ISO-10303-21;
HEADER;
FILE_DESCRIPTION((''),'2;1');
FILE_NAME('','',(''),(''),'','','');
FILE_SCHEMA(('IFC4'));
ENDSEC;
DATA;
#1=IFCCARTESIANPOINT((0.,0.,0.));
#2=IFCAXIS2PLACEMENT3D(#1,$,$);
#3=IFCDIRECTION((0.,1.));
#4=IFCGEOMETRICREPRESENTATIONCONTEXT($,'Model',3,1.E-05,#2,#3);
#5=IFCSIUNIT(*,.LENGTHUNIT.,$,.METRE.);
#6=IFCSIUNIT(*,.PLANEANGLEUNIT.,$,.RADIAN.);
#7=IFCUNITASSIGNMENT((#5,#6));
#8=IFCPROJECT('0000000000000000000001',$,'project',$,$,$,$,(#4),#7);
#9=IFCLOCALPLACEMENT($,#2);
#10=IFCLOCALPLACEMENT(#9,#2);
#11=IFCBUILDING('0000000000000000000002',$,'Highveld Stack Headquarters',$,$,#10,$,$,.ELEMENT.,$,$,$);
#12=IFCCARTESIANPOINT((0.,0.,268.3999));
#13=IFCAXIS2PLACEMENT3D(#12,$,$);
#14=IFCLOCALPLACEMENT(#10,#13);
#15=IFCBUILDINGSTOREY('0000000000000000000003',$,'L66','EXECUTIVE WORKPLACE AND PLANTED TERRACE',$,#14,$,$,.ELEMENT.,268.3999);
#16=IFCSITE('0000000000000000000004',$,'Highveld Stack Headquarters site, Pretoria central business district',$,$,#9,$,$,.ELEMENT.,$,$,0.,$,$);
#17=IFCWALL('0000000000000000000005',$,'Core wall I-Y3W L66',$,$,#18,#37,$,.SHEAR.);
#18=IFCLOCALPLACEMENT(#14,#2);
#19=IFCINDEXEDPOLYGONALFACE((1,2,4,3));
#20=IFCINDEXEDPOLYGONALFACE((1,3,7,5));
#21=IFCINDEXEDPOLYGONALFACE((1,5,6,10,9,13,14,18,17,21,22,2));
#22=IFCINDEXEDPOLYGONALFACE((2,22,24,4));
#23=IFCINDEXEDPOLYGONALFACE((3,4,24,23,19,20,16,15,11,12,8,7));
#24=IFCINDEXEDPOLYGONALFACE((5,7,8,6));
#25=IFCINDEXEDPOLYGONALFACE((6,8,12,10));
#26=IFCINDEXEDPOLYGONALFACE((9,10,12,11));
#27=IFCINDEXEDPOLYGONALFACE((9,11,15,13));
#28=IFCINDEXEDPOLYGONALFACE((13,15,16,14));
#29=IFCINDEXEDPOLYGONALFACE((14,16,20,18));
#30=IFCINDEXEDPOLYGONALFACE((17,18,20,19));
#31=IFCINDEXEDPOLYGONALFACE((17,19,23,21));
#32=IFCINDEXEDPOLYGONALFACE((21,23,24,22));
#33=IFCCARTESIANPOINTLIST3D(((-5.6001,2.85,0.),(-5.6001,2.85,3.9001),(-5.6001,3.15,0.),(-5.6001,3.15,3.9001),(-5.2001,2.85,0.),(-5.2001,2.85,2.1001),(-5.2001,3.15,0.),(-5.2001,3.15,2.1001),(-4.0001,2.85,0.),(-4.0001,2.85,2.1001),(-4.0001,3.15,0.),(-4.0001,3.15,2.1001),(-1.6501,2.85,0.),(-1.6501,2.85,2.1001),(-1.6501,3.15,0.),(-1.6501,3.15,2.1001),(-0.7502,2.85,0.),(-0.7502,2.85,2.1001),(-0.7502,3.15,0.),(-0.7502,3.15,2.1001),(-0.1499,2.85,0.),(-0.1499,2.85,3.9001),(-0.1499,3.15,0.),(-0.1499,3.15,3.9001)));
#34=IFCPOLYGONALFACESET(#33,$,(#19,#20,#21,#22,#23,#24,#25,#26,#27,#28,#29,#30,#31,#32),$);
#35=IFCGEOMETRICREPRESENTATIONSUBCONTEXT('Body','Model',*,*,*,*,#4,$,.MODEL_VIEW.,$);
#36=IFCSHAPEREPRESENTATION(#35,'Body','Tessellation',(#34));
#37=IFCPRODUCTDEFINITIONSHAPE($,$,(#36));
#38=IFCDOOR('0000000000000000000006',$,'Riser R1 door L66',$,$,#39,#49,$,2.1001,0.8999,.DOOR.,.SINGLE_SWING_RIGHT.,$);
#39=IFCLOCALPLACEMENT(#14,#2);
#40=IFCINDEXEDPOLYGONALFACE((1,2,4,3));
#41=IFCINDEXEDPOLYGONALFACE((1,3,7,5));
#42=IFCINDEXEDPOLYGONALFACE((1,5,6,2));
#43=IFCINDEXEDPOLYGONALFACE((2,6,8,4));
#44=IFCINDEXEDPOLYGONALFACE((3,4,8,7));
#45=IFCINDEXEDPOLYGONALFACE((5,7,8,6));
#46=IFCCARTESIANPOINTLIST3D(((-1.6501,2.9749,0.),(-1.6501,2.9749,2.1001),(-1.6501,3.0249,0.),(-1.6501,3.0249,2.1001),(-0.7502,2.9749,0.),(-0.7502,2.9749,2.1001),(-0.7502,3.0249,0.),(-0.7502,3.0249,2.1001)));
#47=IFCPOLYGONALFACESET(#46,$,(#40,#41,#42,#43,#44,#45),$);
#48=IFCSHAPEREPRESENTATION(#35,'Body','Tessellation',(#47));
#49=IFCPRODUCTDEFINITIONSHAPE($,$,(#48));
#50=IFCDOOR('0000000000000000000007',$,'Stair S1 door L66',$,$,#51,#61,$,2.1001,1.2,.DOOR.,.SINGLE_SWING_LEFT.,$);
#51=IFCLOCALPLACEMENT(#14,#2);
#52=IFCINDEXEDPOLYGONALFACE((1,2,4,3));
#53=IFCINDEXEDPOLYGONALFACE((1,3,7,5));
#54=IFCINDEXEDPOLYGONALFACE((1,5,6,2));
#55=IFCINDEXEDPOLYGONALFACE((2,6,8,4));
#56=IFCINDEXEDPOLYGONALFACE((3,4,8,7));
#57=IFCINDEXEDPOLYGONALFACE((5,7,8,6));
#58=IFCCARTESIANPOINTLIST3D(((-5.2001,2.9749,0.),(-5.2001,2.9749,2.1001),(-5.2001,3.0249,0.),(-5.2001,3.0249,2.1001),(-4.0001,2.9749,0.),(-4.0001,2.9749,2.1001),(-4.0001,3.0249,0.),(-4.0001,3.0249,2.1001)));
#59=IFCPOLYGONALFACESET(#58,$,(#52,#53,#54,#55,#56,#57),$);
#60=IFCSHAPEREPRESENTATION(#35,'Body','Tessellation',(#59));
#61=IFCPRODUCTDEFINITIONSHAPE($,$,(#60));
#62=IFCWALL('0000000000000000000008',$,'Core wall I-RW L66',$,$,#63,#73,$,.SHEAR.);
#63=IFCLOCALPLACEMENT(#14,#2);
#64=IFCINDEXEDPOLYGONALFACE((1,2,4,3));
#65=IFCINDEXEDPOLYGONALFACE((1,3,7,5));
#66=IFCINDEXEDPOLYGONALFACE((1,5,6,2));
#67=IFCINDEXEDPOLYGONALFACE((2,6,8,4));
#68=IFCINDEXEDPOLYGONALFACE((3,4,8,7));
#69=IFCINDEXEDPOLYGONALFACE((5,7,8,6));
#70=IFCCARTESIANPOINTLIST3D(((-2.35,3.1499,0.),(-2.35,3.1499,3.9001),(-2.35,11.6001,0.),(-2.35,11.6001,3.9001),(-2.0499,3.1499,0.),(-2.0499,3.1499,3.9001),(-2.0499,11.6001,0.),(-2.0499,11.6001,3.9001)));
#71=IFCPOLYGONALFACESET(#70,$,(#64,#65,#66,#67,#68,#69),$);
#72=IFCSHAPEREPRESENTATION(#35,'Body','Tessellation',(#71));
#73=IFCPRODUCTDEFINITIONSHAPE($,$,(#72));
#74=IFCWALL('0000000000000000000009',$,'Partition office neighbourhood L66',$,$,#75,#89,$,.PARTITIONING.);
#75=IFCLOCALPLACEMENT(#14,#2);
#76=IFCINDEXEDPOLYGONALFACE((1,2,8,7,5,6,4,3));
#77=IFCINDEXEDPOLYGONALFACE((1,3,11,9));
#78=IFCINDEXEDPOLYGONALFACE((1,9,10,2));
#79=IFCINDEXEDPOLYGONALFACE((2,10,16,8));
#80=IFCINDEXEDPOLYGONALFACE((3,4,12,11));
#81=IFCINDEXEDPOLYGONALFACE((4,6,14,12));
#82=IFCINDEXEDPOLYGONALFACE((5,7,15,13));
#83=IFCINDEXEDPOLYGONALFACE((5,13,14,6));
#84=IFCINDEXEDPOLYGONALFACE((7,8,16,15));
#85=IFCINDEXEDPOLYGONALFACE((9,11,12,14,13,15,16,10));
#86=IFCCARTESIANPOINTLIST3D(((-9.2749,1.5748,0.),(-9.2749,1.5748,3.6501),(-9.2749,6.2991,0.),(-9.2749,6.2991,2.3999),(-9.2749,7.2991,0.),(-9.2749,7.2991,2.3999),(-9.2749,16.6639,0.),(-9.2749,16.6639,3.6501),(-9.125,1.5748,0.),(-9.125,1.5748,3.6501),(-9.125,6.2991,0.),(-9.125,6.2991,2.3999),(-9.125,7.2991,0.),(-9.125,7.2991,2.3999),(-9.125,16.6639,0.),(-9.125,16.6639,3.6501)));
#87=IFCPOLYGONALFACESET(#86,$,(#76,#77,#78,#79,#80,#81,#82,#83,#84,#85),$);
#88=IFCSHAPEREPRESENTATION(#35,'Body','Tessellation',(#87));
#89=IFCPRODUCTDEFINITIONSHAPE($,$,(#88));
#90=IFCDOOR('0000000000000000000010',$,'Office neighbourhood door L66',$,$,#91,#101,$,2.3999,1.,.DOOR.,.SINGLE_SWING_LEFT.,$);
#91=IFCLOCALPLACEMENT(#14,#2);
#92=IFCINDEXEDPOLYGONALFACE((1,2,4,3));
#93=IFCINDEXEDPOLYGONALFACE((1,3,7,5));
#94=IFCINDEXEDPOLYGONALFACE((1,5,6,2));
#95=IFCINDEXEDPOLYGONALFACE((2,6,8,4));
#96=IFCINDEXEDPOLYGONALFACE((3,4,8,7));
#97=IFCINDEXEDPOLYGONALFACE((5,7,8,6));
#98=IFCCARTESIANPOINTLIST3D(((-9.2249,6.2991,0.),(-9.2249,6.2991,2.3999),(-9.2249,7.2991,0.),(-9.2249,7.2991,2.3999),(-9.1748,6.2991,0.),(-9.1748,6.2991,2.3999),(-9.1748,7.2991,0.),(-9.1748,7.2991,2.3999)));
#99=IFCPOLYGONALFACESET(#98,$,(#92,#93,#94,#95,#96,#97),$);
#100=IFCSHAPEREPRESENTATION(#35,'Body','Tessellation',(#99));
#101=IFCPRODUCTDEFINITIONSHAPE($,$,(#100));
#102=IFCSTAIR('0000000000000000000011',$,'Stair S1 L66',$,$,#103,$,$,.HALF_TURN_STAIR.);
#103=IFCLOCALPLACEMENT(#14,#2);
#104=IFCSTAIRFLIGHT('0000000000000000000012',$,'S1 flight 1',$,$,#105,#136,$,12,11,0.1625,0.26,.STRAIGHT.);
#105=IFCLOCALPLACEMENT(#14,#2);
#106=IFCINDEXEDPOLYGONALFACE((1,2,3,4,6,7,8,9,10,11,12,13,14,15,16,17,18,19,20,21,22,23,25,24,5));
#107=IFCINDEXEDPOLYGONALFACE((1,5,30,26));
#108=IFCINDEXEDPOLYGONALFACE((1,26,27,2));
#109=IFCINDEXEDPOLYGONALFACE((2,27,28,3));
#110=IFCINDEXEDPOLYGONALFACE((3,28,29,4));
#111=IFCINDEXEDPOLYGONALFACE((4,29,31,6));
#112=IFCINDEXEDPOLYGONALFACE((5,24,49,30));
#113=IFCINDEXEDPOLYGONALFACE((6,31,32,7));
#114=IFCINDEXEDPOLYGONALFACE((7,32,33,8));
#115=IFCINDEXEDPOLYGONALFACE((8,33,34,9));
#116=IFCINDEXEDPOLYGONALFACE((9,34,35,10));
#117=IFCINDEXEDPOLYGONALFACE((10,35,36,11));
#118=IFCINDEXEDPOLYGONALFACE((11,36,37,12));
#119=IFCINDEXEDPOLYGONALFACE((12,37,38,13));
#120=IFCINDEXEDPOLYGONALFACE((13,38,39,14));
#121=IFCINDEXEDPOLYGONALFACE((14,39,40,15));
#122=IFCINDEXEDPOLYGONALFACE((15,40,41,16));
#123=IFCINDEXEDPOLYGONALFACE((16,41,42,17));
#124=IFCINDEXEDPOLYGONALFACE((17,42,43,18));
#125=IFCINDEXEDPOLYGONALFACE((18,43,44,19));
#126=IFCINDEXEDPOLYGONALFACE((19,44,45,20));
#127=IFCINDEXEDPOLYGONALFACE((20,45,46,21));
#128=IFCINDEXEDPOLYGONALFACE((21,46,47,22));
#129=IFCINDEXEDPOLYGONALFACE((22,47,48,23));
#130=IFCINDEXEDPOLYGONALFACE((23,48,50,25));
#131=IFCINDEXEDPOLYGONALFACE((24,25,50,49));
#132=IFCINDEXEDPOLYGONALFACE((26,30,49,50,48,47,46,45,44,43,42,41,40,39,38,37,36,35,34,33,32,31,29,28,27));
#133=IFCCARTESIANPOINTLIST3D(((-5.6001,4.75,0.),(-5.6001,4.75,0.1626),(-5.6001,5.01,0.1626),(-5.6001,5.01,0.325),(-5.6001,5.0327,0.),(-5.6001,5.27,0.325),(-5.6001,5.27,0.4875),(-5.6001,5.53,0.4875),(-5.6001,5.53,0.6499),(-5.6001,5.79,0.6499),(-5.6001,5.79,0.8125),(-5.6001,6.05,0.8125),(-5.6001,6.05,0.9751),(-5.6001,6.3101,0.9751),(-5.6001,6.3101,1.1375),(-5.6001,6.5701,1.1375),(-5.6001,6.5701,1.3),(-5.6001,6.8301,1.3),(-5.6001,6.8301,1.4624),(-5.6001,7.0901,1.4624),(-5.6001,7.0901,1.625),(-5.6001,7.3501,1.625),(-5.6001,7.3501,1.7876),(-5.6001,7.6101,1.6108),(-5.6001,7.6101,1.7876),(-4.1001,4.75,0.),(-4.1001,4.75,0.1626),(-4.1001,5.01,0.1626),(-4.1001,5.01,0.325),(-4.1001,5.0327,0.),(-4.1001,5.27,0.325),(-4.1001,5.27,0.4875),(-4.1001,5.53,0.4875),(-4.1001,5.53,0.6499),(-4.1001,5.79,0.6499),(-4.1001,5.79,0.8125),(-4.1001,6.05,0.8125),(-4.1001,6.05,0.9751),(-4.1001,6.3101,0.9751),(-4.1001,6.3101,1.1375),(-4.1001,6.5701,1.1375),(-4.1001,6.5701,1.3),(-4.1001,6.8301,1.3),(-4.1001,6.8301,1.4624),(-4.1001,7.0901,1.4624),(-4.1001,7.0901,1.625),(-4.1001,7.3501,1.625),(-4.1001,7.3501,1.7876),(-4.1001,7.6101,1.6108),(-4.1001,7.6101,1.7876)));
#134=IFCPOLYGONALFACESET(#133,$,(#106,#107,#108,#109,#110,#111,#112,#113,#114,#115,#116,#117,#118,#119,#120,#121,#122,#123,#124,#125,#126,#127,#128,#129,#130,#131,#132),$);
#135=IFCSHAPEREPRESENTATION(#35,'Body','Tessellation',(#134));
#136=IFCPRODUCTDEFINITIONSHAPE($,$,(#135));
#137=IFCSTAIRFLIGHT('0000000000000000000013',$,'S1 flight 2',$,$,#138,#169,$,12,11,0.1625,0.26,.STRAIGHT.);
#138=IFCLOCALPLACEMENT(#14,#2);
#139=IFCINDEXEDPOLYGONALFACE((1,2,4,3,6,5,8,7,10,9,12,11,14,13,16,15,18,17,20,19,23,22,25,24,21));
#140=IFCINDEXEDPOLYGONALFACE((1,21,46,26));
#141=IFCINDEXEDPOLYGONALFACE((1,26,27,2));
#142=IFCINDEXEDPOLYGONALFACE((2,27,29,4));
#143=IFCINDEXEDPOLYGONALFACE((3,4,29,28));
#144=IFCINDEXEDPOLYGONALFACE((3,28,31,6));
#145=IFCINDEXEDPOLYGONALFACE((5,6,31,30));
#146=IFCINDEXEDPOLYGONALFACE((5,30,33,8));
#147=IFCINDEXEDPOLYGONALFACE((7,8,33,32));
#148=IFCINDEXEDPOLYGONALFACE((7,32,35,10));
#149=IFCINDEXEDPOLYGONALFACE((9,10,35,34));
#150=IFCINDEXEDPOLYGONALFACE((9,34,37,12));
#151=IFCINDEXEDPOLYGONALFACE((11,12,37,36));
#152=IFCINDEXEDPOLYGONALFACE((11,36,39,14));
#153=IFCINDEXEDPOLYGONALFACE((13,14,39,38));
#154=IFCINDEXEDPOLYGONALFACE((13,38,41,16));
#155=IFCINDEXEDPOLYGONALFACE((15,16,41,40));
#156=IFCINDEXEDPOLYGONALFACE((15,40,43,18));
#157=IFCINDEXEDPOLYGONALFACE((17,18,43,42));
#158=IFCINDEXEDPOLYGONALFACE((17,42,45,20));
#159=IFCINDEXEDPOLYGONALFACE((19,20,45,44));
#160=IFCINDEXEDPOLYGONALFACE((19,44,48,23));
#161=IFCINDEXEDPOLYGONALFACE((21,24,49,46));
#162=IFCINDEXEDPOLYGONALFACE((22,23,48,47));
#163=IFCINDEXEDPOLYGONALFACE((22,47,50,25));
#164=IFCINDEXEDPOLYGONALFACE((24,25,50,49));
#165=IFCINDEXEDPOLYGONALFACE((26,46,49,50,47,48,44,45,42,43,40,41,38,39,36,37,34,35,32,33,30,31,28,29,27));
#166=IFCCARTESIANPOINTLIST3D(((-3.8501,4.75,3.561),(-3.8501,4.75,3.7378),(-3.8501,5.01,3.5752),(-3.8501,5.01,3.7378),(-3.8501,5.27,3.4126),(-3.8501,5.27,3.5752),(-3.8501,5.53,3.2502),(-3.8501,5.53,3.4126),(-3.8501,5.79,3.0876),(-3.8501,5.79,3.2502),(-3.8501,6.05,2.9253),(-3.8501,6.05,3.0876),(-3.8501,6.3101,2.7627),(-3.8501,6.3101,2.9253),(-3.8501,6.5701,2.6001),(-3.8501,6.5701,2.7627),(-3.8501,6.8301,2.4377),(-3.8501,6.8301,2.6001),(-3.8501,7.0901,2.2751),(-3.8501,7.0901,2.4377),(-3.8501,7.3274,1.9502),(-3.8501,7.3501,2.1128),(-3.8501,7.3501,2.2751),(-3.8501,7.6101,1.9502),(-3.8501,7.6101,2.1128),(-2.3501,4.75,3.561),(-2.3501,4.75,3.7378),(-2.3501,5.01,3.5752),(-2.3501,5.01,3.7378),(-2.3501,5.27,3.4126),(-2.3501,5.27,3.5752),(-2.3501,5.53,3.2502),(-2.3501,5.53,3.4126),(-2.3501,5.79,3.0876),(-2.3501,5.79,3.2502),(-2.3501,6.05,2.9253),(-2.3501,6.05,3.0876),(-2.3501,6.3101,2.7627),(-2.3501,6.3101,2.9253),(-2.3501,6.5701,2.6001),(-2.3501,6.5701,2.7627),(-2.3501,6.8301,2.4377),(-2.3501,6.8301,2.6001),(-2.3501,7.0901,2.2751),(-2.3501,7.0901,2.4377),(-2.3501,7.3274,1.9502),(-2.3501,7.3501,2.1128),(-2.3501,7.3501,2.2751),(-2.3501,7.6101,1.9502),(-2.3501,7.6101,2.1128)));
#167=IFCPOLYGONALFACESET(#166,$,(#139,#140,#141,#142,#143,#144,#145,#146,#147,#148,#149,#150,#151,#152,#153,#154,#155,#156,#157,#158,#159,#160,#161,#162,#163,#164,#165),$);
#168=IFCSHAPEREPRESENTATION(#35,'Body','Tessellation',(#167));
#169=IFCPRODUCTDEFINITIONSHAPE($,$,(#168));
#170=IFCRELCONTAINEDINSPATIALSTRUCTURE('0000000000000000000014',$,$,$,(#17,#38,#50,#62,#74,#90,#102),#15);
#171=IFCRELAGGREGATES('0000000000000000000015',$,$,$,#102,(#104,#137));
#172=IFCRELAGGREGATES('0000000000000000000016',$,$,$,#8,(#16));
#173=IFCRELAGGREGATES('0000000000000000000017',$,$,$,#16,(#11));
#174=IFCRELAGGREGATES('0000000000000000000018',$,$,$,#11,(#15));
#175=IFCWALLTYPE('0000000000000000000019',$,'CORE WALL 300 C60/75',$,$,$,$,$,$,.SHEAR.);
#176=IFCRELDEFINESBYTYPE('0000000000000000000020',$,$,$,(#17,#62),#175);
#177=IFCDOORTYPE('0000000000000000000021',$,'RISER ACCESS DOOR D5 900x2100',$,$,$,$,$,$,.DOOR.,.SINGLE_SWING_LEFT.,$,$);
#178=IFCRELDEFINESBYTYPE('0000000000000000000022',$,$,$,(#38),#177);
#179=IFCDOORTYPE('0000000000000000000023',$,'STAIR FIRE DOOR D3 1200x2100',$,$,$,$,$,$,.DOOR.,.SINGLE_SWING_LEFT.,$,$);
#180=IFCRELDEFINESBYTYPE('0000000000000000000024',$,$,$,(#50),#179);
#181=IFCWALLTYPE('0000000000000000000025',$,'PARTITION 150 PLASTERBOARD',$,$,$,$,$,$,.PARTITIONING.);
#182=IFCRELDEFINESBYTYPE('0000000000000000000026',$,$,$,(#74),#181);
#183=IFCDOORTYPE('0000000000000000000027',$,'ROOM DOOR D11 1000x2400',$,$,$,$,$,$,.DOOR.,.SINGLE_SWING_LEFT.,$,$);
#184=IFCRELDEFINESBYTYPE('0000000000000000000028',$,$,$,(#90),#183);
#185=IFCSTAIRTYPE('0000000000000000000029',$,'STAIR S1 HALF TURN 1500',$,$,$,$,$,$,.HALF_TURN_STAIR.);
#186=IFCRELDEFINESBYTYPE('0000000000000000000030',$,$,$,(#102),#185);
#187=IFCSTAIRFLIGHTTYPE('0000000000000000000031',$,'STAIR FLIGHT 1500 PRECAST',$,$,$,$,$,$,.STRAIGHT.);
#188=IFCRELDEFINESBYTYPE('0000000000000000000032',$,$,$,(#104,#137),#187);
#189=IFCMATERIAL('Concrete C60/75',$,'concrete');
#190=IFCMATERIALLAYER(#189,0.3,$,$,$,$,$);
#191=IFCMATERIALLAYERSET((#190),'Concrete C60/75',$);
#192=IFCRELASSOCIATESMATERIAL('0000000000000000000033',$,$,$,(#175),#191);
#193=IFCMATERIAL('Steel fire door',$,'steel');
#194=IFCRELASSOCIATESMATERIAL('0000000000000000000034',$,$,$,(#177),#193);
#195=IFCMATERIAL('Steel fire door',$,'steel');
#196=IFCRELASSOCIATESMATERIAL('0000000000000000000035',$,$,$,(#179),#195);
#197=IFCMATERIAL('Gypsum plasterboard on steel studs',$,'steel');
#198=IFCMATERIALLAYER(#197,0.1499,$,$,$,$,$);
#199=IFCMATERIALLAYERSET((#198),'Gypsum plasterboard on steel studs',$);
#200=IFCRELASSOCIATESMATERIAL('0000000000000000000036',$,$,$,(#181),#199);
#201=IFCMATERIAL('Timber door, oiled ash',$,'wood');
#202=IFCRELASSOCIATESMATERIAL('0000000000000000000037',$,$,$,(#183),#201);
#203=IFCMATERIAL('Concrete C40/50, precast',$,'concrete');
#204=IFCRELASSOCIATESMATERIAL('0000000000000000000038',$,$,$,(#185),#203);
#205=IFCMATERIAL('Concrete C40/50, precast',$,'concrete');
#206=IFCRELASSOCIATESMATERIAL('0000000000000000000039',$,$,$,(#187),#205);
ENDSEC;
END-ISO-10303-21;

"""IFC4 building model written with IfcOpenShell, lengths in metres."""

from ifc_helpers import new_model, si_unit, direction, frame, frame_2d, origin, place, context, subcontext, project, spatial, polyline, rectangle, outline, extrude, material, layer, layer_set, type_object, element, fill, aggregate, save


model = new_model("IFC4")

# Units and contexts
model_context = context("Model", 3, precision=1e-05, world=origin(), true_north=direction((0.0, 1.0)))
body_context = subcontext(model_context, "Body", "Model", "MODEL_VIEW")
ifc_project = project(units=[si_unit("LENGTHUNIT", "METRE"), si_unit("PLANEANGLEUNIT", "RADIAN")], contexts=[model_context])

# Site, building, storey
site_placement = place(None, origin())
site = spatial("IfcSite", under=ifc_project, at=site_placement, Name="Highveld Stack Headquarters site, Pretoria central business district", CompositionType="ELEMENT", RefElevation=0.0)
building_placement = place(site_placement, origin())
building = spatial("IfcBuilding", under=site, at=building_placement, Name="Highveld Stack Headquarters", CompositionType="ELEMENT")
storey_placement = place(building_placement, frame((0.0, 0.0, 268.3999)))
storey = spatial("IfcBuildingStorey", under=building, at=storey_placement, Name="L66", Description="EXECUTIVE WORKPLACE AND PLANTED TERRACE", CompositionType="ELEMENT", Elevation=268.3999)

# Wall, openings, doors
ifc_material_1 = material(Name="Concrete C60/75", Category="concrete")
ifc_layer_1 = layer(ifc_material_1, 0.3)
ifc_layer_set_1 = layer_set([ifc_layer_1], Name="Concrete C60/75")
wall_type_1 = type_object("IfcWallType", Name="CORE WALL 300 C60/75", PredefinedType="SHEAR", material=ifc_layer_set_1)
wall_1_placement = place(storey_placement, frame((-5.6001, 3.0, 0.0), z_axis=(0.0, 0.0, 1.0), x_axis=(1.0, 0.0, 0.0)))
wall_1 = element("IfcWall", 1, at=wall_1_placement, inside=storey, type_object=wall_type_1, Name="Core wall I-Y3W L66", PredefinedType="SHEAR", context=body_context, shape_type="SweptSolid", body=[
    extrude(rectangle(XDim=5.4502, YDim=0.3, at=frame_2d((2.7251, 0.0))), origin(), (0.0, 0.0, 1.0), 3.9001),
])
opening_1_placement = place(wall_1_placement, frame((0.3999, 0.0, 0.0)))
opening_1 = element("IfcOpeningElement", 2, at=opening_1_placement, cuts=wall_1, PredefinedType="OPENING", context=body_context, shape_type="SweptSolid", body=[
    extrude(rectangle(XDim=1.2, YDim=2.1001, at=frame_2d((0.6001, 1.05))), frame((0.0, 0.1599, 0.0), z_axis=(0.0, -1.0, 0.0), x_axis=(1.0, 0.0, 0.0)), (0.0, 0.0, 1.0), 0.3201),
])
opening_2_placement = place(wall_1_placement, frame((3.95, 0.0, 0.0)))
opening_2 = element("IfcOpeningElement", 3, at=opening_2_placement, cuts=wall_1, PredefinedType="OPENING", context=body_context, shape_type="SweptSolid", body=[
    extrude(rectangle(XDim=0.8999, YDim=2.1001, at=frame_2d((0.45, 1.05))), frame((0.0, 0.1599, 0.0), z_axis=(0.0, -1.0, 0.0), x_axis=(1.0, 0.0, 0.0)), (0.0, 0.0, 1.0), 0.3201),
])
ifc_material_2 = material(Name="Steel fire door", Category="steel")
door_type_1 = type_object("IfcDoorType", Name="RISER ACCESS DOOR D5 900x2100", OperationType="SINGLE_SWING_LEFT", PredefinedType="DOOR", material=ifc_material_2)
door_1_placement = place(opening_2_placement, origin())
door_1 = element("IfcDoor", 4, at=door_1_placement, inside=storey, type_object=door_type_1, Name="Riser R1 door L66", OperationType="SINGLE_SWING_RIGHT", OverallHeight=2.1001, OverallWidth=0.8999, PredefinedType="DOOR", context=body_context, shape_type="SweptSolid", body=[
    extrude(rectangle(XDim=0.8999, YDim=2.1001, at=frame_2d((0.45, 1.05))), frame((0.0, 0.0249, 0.0), z_axis=(0.0, -1.0, 0.0), x_axis=(1.0, 0.0, 0.0)), (0.0, 0.0, 1.0), 0.05),
])
fill(opening_2, door_1)
ifc_material_3 = material(Name="Steel fire door", Category="steel")
door_type_2 = type_object("IfcDoorType", Name="STAIR FIRE DOOR D3 1200x2100", OperationType="SINGLE_SWING_LEFT", PredefinedType="DOOR", material=ifc_material_3)
door_2_placement = place(opening_1_placement, origin())
door_2 = element("IfcDoor", 5, at=door_2_placement, inside=storey, type_object=door_type_2, Name="Stair S1 door L66", OperationType="SINGLE_SWING_LEFT", OverallHeight=2.1001, OverallWidth=1.2, PredefinedType="DOOR", context=body_context, shape_type="SweptSolid", body=[
    extrude(rectangle(XDim=1.2, YDim=2.1001, at=frame_2d((0.6001, 1.05))), frame((0.0, 0.0249, 0.0), z_axis=(0.0, -1.0, 0.0), x_axis=(1.0, 0.0, 0.0)), (0.0, 0.0, 1.0), 0.05),
])
fill(opening_1, door_2)

# Wall
wall_2_placement = place(storey_placement, frame((-2.2, 3.1499, 0.0), z_axis=(0.0, 0.0, 1.0), x_axis=(0.0, 1.0, 0.0)))
element("IfcWall", 6, at=wall_2_placement, inside=storey, type_object=wall_type_1, Name="Core wall I-RW L66", PredefinedType="SHEAR", context=body_context, shape_type="SweptSolid", body=[
    extrude(rectangle(XDim=8.4502, YDim=0.3, at=frame_2d((4.2251, 0.0))), origin(), (0.0, 0.0, 1.0), 3.9001),
])

# Wall, opening, door
ifc_material_4 = material(Name="Gypsum plasterboard on steel studs", Category="steel")
ifc_layer_2 = layer(ifc_material_4, 0.1499)
ifc_layer_set_2 = layer_set([ifc_layer_2], Name="Gypsum plasterboard on steel studs")
wall_type_2 = type_object("IfcWallType", Name="PARTITION 150 PLASTERBOARD", PredefinedType="PARTITIONING", material=ifc_layer_set_2)
wall_3_placement = place(storey_placement, frame((-9.2, 1.575, 0.0), z_axis=(0.0, 0.0, 1.0), x_axis=(0.0, 1.0, 0.0)))
wall_3 = element("IfcWall", 7, at=wall_3_placement, inside=storey, type_object=wall_type_2, Name="Partition office neighbourhood L66", PredefinedType="PARTITIONING", context=body_context, shape_type="SweptSolid", body=[
    extrude(rectangle(XDim=15.0891, YDim=0.1499, at=frame_2d((7.5444, 0.0))), origin(), (0.0, 0.0, 1.0), 3.6501),
])
opening_3_placement = place(wall_3_placement, frame((4.7241, 0.0, 0.0)))
opening_3 = element("IfcOpeningElement", 8, at=opening_3_placement, cuts=wall_3, PredefinedType="OPENING", context=body_context, shape_type="SweptSolid", body=[
    extrude(rectangle(XDim=1.0, YDim=2.3999, at=frame_2d((0.5, 1.2))), frame((0.0, 0.085, 0.0), z_axis=(0.0, -1.0, 0.0), x_axis=(1.0, 0.0, 0.0)), (0.0, 0.0, 1.0), 0.1699),
])
ifc_material_5 = material(Name="Timber door, oiled ash", Category="wood")
door_type_3 = type_object("IfcDoorType", Name="ROOM DOOR D11 1000x2400", OperationType="SINGLE_SWING_LEFT", PredefinedType="DOOR", material=ifc_material_5)
door_3_placement = place(opening_3_placement, origin())
door_3 = element("IfcDoor", 9, at=door_3_placement, inside=storey, type_object=door_type_3, Name="Office neighbourhood door L66", OperationType="SINGLE_SWING_LEFT", OverallHeight=2.3999, OverallWidth=1.0, PredefinedType="DOOR", context=body_context, shape_type="SweptSolid", body=[
    extrude(rectangle(XDim=1.0, YDim=2.3999, at=frame_2d((0.5, 1.2))), frame((0.0, 0.0249, 0.0), z_axis=(0.0, -1.0, 0.0), x_axis=(1.0, 0.0, 0.0)), (0.0, 0.0, 1.0), 0.05),
])
fill(opening_3, door_3)

# Stair, stair flights
ifc_material_6 = material(Name="Concrete C40/50, precast", Category="concrete")
stair_type = type_object("IfcStairType", Name="STAIR S1 HALF TURN 1500", PredefinedType="HALF_TURN_STAIR", material=ifc_material_6)
stair_placement = place(storey_placement, origin())
stair = element("IfcStair", 10, at=stair_placement, inside=storey, type_object=stair_type, Name="Stair S1 L66", PredefinedType="HALF_TURN_STAIR")
ifc_material_7 = material(Name="Concrete C40/50, precast", Category="concrete")
stair_flight_type = type_object("IfcStairFlightType", Name="STAIR FLIGHT 1500 PRECAST", PredefinedType="STRAIGHT", material=ifc_material_7)
stair_flight_1_placement = place(storey_placement, frame((-4.8501, 4.75, 0.0), z_axis=(0.0, 0.0, 1.0), x_axis=(0.0, 1.0, 0.0)))
stair_flight_1 = element("IfcStairFlight", 11, at=stair_flight_1_placement, type_object=stair_flight_type, Name="S1 flight 1", NumberOfRisers=12, NumberOfTreads=11, PredefinedType="STRAIGHT", RiserHeight=0.1625, TreadLength=0.26, context=body_context, shape_type="SweptSolid", body=[
    extrude(outline(polyline([(0.0, 0.0), (0.0, 0.1626), (0.26, 0.1626), (0.26, 0.325), (0.52, 0.325), (0.52, 0.4875), (0.78, 0.4875), (0.78, 0.6499), (1.04, 0.6499), (1.04, 0.8125), (1.3, 0.8125), (1.3, 0.9751), (1.5601, 0.9751), (1.5601, 1.1375), (1.8201, 1.1375), (1.8201, 1.3), (2.0801, 1.3), (2.0801, 1.4624), (2.3401, 1.4624), (2.3401, 1.625), (2.6001, 1.625), (2.6001, 1.7876), (2.8601, 1.7876), (2.8601, 1.95), (2.8601, 1.6108), (0.2827, 0.0), (0.0, 0.0)])), frame((0.0, 0.75, 0.0), z_axis=(0.0, -1.0, 0.0), x_axis=(1.0, 0.0, 0.0)), (0.0, 0.0, 1.0), 1.5),
])
stair_flight_2_placement = place(storey_placement, frame((-3.1001, 7.6101, 1.9502), z_axis=(0.0, 0.0, 1.0), x_axis=(0.0, -1.0, 0.0)))
stair_flight_2 = element("IfcStairFlight", 12, at=stair_flight_2_placement, type_object=stair_flight_type, Name="S1 flight 2", NumberOfRisers=12, NumberOfTreads=11, PredefinedType="STRAIGHT", RiserHeight=0.1625, TreadLength=0.26, context=body_context, shape_type="SweptSolid", body=[
    extrude(outline(polyline([(0.0, 0.0), (0.0, 0.1626), (0.26, 0.1626), (0.26, 0.325), (0.52, 0.325), (0.52, 0.4875), (0.78, 0.4875), (0.78, 0.6499), (1.04, 0.6499), (1.04, 0.8125), (1.3, 0.8125), (1.3, 0.9751), (1.5601, 0.9751), (1.5601, 1.1375), (1.8201, 1.1375), (1.8201, 1.3), (2.0801, 1.3), (2.0801, 1.4624), (2.3401, 1.4624), (2.3401, 1.625), (2.6001, 1.625), (2.6001, 1.7876), (2.8601, 1.7876), (2.8601, 1.95), (2.8601, 1.6108), (0.2827, 0.0), (0.0, 0.0)])), frame((0.0, 0.75, 0.0), z_axis=(0.0, -1.0, 0.0), x_axis=(1.0, 0.0, 0.0)), (0.0, 0.0, 1.0), 1.5),
])
aggregate(stair, [stair_flight_1, stair_flight_2])

save(model, "model.ifc")
